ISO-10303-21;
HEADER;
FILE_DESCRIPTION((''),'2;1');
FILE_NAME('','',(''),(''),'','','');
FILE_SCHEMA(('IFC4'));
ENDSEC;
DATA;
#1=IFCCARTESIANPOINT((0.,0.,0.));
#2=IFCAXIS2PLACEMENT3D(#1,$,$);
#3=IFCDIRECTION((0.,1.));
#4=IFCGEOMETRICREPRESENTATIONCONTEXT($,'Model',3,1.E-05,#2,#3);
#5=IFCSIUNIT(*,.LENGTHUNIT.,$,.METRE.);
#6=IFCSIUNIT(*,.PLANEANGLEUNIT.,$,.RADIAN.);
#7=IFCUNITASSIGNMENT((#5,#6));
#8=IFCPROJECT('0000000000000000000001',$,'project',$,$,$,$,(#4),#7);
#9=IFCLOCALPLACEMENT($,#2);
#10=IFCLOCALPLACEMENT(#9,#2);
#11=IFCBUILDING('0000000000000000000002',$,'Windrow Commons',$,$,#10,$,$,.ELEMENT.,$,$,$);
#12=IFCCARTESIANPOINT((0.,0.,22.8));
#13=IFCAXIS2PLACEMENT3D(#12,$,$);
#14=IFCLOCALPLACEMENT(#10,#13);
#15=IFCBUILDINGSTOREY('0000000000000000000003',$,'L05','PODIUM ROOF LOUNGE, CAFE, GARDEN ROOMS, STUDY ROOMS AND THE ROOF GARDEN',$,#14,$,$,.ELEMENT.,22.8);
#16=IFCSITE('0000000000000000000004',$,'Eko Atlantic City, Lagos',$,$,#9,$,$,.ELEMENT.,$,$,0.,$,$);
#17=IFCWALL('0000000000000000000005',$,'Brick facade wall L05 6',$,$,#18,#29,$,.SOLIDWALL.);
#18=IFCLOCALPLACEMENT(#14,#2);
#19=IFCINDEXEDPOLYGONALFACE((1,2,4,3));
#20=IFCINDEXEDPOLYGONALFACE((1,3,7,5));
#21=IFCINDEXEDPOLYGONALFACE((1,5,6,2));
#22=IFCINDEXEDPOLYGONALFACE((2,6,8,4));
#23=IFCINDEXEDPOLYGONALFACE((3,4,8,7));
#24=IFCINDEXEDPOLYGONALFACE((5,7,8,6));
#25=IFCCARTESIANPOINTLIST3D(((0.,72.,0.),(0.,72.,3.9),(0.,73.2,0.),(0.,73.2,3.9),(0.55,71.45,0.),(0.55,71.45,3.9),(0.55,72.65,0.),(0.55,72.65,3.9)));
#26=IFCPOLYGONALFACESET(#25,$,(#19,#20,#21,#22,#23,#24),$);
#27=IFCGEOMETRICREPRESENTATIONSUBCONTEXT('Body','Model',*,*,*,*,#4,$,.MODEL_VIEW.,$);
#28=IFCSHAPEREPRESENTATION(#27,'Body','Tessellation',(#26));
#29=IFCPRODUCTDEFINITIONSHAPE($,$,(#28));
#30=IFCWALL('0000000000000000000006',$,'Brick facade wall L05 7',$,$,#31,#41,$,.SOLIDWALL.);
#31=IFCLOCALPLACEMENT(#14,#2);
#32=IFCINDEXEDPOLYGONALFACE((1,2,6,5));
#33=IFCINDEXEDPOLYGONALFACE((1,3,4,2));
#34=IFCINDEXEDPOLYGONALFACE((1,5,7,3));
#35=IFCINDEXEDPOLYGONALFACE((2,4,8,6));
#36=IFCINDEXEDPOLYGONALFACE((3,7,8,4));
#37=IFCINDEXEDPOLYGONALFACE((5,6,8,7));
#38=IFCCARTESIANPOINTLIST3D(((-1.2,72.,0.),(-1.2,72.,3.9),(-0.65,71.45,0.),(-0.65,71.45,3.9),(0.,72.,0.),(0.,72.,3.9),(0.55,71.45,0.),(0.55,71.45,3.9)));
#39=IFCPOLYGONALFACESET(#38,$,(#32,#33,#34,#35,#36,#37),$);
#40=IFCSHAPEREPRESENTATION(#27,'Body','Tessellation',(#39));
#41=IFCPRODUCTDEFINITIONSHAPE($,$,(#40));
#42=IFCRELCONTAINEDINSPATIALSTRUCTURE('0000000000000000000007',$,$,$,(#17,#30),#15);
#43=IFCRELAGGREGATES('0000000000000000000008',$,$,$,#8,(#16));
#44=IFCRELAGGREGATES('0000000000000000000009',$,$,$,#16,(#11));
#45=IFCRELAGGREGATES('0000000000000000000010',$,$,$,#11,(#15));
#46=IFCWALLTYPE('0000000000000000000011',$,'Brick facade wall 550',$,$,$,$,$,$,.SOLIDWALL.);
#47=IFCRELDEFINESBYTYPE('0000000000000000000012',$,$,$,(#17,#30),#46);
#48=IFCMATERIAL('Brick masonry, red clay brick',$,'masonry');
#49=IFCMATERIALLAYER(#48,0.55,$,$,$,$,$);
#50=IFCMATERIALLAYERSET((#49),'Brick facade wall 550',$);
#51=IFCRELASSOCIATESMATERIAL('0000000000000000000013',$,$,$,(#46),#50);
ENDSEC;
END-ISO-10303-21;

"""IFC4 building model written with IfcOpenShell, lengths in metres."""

from ifc_helpers import new_model, si_unit, direction, frame, origin, place, context, subcontext, project, spatial, polyline, outline, extrude, material, layer, layer_set, type_object, element, save


model = new_model("IFC4")

# Units and contexts
model_context = context("Model", 3, precision=1e-05, world=origin(), true_north=direction((0.0, 1.0)))
body_context = subcontext(model_context, "Body", "Model", "MODEL_VIEW")
ifc_project = project(units=[si_unit("LENGTHUNIT", "METRE"), si_unit("PLANEANGLEUNIT", "RADIAN")], contexts=[model_context])

# Site, building, storey
site_placement = place(None, origin())
site = spatial("IfcSite", under=ifc_project, at=site_placement, Name="Eko Atlantic City, Lagos", CompositionType="ELEMENT", RefElevation=0.0)
building_placement = place(site_placement, origin())
building = spatial("IfcBuilding", under=site, at=building_placement, Name="Windrow Commons", CompositionType="ELEMENT")
storey_placement = place(building_placement, frame((0.0, 0.0, 22.8)))
storey = spatial("IfcBuildingStorey", under=building, at=storey_placement, Name="L05", Description="PODIUM ROOF LOUNGE, CAFE, GARDEN ROOMS, STUDY ROOMS AND THE ROOF GARDEN", CompositionType="ELEMENT", Elevation=22.8)

# Walls
ifc_material_1 = material(Name="Brick masonry, red clay brick", Category="masonry")
ifc_layer_1 = layer(ifc_material_1, 0.55)
ifc_layer_set_1 = layer_set([ifc_layer_1], Name="Brick facade wall 550")
wall_type_1 = type_object("IfcWallType", Name="Brick facade wall 550", PredefinedType="SOLIDWALL", material=ifc_layer_set_1)
wall_1_placement = place(storey_placement, frame((0.275, 72.925, 0.0), z_axis=(0.0, 0.0, 1.0), x_axis=(0.0, -1.0, 0.0)))
element("IfcWall", 1, at=wall_1_placement, inside=storey, type_object=wall_type_1, Name="Brick facade wall L05 6", PredefinedType="SOLIDWALL", context=body_context, shape_type="SweptSolid", body=[
    extrude(outline(polyline([(-0.275, -0.275), (0.925, -0.275), (1.475, 0.275), (0.275, 0.275), (-0.275, -0.275)])), origin(), (0.0, 0.0, 1.0), 3.9),
])
wall_2_placement = place(storey_placement, frame((0.275, 71.725, 0.0), z_axis=(0.0, 0.0, 1.0), x_axis=(-1.0, 0.0, 0.0)))
element("IfcWall", 2, at=wall_2_placement, inside=storey, type_object=wall_type_1, Name="Brick facade wall L05 7", PredefinedType="SOLIDWALL", context=body_context, shape_type="SweptSolid", body=[
    extrude(outline(polyline([(0.275, -0.275), (1.475, -0.275), (0.925, 0.275), (-0.275, 0.275), (0.275, -0.275)])), origin(), (0.0, 0.0, 1.0), 3.9),
])

save(model, "model.ifc")
